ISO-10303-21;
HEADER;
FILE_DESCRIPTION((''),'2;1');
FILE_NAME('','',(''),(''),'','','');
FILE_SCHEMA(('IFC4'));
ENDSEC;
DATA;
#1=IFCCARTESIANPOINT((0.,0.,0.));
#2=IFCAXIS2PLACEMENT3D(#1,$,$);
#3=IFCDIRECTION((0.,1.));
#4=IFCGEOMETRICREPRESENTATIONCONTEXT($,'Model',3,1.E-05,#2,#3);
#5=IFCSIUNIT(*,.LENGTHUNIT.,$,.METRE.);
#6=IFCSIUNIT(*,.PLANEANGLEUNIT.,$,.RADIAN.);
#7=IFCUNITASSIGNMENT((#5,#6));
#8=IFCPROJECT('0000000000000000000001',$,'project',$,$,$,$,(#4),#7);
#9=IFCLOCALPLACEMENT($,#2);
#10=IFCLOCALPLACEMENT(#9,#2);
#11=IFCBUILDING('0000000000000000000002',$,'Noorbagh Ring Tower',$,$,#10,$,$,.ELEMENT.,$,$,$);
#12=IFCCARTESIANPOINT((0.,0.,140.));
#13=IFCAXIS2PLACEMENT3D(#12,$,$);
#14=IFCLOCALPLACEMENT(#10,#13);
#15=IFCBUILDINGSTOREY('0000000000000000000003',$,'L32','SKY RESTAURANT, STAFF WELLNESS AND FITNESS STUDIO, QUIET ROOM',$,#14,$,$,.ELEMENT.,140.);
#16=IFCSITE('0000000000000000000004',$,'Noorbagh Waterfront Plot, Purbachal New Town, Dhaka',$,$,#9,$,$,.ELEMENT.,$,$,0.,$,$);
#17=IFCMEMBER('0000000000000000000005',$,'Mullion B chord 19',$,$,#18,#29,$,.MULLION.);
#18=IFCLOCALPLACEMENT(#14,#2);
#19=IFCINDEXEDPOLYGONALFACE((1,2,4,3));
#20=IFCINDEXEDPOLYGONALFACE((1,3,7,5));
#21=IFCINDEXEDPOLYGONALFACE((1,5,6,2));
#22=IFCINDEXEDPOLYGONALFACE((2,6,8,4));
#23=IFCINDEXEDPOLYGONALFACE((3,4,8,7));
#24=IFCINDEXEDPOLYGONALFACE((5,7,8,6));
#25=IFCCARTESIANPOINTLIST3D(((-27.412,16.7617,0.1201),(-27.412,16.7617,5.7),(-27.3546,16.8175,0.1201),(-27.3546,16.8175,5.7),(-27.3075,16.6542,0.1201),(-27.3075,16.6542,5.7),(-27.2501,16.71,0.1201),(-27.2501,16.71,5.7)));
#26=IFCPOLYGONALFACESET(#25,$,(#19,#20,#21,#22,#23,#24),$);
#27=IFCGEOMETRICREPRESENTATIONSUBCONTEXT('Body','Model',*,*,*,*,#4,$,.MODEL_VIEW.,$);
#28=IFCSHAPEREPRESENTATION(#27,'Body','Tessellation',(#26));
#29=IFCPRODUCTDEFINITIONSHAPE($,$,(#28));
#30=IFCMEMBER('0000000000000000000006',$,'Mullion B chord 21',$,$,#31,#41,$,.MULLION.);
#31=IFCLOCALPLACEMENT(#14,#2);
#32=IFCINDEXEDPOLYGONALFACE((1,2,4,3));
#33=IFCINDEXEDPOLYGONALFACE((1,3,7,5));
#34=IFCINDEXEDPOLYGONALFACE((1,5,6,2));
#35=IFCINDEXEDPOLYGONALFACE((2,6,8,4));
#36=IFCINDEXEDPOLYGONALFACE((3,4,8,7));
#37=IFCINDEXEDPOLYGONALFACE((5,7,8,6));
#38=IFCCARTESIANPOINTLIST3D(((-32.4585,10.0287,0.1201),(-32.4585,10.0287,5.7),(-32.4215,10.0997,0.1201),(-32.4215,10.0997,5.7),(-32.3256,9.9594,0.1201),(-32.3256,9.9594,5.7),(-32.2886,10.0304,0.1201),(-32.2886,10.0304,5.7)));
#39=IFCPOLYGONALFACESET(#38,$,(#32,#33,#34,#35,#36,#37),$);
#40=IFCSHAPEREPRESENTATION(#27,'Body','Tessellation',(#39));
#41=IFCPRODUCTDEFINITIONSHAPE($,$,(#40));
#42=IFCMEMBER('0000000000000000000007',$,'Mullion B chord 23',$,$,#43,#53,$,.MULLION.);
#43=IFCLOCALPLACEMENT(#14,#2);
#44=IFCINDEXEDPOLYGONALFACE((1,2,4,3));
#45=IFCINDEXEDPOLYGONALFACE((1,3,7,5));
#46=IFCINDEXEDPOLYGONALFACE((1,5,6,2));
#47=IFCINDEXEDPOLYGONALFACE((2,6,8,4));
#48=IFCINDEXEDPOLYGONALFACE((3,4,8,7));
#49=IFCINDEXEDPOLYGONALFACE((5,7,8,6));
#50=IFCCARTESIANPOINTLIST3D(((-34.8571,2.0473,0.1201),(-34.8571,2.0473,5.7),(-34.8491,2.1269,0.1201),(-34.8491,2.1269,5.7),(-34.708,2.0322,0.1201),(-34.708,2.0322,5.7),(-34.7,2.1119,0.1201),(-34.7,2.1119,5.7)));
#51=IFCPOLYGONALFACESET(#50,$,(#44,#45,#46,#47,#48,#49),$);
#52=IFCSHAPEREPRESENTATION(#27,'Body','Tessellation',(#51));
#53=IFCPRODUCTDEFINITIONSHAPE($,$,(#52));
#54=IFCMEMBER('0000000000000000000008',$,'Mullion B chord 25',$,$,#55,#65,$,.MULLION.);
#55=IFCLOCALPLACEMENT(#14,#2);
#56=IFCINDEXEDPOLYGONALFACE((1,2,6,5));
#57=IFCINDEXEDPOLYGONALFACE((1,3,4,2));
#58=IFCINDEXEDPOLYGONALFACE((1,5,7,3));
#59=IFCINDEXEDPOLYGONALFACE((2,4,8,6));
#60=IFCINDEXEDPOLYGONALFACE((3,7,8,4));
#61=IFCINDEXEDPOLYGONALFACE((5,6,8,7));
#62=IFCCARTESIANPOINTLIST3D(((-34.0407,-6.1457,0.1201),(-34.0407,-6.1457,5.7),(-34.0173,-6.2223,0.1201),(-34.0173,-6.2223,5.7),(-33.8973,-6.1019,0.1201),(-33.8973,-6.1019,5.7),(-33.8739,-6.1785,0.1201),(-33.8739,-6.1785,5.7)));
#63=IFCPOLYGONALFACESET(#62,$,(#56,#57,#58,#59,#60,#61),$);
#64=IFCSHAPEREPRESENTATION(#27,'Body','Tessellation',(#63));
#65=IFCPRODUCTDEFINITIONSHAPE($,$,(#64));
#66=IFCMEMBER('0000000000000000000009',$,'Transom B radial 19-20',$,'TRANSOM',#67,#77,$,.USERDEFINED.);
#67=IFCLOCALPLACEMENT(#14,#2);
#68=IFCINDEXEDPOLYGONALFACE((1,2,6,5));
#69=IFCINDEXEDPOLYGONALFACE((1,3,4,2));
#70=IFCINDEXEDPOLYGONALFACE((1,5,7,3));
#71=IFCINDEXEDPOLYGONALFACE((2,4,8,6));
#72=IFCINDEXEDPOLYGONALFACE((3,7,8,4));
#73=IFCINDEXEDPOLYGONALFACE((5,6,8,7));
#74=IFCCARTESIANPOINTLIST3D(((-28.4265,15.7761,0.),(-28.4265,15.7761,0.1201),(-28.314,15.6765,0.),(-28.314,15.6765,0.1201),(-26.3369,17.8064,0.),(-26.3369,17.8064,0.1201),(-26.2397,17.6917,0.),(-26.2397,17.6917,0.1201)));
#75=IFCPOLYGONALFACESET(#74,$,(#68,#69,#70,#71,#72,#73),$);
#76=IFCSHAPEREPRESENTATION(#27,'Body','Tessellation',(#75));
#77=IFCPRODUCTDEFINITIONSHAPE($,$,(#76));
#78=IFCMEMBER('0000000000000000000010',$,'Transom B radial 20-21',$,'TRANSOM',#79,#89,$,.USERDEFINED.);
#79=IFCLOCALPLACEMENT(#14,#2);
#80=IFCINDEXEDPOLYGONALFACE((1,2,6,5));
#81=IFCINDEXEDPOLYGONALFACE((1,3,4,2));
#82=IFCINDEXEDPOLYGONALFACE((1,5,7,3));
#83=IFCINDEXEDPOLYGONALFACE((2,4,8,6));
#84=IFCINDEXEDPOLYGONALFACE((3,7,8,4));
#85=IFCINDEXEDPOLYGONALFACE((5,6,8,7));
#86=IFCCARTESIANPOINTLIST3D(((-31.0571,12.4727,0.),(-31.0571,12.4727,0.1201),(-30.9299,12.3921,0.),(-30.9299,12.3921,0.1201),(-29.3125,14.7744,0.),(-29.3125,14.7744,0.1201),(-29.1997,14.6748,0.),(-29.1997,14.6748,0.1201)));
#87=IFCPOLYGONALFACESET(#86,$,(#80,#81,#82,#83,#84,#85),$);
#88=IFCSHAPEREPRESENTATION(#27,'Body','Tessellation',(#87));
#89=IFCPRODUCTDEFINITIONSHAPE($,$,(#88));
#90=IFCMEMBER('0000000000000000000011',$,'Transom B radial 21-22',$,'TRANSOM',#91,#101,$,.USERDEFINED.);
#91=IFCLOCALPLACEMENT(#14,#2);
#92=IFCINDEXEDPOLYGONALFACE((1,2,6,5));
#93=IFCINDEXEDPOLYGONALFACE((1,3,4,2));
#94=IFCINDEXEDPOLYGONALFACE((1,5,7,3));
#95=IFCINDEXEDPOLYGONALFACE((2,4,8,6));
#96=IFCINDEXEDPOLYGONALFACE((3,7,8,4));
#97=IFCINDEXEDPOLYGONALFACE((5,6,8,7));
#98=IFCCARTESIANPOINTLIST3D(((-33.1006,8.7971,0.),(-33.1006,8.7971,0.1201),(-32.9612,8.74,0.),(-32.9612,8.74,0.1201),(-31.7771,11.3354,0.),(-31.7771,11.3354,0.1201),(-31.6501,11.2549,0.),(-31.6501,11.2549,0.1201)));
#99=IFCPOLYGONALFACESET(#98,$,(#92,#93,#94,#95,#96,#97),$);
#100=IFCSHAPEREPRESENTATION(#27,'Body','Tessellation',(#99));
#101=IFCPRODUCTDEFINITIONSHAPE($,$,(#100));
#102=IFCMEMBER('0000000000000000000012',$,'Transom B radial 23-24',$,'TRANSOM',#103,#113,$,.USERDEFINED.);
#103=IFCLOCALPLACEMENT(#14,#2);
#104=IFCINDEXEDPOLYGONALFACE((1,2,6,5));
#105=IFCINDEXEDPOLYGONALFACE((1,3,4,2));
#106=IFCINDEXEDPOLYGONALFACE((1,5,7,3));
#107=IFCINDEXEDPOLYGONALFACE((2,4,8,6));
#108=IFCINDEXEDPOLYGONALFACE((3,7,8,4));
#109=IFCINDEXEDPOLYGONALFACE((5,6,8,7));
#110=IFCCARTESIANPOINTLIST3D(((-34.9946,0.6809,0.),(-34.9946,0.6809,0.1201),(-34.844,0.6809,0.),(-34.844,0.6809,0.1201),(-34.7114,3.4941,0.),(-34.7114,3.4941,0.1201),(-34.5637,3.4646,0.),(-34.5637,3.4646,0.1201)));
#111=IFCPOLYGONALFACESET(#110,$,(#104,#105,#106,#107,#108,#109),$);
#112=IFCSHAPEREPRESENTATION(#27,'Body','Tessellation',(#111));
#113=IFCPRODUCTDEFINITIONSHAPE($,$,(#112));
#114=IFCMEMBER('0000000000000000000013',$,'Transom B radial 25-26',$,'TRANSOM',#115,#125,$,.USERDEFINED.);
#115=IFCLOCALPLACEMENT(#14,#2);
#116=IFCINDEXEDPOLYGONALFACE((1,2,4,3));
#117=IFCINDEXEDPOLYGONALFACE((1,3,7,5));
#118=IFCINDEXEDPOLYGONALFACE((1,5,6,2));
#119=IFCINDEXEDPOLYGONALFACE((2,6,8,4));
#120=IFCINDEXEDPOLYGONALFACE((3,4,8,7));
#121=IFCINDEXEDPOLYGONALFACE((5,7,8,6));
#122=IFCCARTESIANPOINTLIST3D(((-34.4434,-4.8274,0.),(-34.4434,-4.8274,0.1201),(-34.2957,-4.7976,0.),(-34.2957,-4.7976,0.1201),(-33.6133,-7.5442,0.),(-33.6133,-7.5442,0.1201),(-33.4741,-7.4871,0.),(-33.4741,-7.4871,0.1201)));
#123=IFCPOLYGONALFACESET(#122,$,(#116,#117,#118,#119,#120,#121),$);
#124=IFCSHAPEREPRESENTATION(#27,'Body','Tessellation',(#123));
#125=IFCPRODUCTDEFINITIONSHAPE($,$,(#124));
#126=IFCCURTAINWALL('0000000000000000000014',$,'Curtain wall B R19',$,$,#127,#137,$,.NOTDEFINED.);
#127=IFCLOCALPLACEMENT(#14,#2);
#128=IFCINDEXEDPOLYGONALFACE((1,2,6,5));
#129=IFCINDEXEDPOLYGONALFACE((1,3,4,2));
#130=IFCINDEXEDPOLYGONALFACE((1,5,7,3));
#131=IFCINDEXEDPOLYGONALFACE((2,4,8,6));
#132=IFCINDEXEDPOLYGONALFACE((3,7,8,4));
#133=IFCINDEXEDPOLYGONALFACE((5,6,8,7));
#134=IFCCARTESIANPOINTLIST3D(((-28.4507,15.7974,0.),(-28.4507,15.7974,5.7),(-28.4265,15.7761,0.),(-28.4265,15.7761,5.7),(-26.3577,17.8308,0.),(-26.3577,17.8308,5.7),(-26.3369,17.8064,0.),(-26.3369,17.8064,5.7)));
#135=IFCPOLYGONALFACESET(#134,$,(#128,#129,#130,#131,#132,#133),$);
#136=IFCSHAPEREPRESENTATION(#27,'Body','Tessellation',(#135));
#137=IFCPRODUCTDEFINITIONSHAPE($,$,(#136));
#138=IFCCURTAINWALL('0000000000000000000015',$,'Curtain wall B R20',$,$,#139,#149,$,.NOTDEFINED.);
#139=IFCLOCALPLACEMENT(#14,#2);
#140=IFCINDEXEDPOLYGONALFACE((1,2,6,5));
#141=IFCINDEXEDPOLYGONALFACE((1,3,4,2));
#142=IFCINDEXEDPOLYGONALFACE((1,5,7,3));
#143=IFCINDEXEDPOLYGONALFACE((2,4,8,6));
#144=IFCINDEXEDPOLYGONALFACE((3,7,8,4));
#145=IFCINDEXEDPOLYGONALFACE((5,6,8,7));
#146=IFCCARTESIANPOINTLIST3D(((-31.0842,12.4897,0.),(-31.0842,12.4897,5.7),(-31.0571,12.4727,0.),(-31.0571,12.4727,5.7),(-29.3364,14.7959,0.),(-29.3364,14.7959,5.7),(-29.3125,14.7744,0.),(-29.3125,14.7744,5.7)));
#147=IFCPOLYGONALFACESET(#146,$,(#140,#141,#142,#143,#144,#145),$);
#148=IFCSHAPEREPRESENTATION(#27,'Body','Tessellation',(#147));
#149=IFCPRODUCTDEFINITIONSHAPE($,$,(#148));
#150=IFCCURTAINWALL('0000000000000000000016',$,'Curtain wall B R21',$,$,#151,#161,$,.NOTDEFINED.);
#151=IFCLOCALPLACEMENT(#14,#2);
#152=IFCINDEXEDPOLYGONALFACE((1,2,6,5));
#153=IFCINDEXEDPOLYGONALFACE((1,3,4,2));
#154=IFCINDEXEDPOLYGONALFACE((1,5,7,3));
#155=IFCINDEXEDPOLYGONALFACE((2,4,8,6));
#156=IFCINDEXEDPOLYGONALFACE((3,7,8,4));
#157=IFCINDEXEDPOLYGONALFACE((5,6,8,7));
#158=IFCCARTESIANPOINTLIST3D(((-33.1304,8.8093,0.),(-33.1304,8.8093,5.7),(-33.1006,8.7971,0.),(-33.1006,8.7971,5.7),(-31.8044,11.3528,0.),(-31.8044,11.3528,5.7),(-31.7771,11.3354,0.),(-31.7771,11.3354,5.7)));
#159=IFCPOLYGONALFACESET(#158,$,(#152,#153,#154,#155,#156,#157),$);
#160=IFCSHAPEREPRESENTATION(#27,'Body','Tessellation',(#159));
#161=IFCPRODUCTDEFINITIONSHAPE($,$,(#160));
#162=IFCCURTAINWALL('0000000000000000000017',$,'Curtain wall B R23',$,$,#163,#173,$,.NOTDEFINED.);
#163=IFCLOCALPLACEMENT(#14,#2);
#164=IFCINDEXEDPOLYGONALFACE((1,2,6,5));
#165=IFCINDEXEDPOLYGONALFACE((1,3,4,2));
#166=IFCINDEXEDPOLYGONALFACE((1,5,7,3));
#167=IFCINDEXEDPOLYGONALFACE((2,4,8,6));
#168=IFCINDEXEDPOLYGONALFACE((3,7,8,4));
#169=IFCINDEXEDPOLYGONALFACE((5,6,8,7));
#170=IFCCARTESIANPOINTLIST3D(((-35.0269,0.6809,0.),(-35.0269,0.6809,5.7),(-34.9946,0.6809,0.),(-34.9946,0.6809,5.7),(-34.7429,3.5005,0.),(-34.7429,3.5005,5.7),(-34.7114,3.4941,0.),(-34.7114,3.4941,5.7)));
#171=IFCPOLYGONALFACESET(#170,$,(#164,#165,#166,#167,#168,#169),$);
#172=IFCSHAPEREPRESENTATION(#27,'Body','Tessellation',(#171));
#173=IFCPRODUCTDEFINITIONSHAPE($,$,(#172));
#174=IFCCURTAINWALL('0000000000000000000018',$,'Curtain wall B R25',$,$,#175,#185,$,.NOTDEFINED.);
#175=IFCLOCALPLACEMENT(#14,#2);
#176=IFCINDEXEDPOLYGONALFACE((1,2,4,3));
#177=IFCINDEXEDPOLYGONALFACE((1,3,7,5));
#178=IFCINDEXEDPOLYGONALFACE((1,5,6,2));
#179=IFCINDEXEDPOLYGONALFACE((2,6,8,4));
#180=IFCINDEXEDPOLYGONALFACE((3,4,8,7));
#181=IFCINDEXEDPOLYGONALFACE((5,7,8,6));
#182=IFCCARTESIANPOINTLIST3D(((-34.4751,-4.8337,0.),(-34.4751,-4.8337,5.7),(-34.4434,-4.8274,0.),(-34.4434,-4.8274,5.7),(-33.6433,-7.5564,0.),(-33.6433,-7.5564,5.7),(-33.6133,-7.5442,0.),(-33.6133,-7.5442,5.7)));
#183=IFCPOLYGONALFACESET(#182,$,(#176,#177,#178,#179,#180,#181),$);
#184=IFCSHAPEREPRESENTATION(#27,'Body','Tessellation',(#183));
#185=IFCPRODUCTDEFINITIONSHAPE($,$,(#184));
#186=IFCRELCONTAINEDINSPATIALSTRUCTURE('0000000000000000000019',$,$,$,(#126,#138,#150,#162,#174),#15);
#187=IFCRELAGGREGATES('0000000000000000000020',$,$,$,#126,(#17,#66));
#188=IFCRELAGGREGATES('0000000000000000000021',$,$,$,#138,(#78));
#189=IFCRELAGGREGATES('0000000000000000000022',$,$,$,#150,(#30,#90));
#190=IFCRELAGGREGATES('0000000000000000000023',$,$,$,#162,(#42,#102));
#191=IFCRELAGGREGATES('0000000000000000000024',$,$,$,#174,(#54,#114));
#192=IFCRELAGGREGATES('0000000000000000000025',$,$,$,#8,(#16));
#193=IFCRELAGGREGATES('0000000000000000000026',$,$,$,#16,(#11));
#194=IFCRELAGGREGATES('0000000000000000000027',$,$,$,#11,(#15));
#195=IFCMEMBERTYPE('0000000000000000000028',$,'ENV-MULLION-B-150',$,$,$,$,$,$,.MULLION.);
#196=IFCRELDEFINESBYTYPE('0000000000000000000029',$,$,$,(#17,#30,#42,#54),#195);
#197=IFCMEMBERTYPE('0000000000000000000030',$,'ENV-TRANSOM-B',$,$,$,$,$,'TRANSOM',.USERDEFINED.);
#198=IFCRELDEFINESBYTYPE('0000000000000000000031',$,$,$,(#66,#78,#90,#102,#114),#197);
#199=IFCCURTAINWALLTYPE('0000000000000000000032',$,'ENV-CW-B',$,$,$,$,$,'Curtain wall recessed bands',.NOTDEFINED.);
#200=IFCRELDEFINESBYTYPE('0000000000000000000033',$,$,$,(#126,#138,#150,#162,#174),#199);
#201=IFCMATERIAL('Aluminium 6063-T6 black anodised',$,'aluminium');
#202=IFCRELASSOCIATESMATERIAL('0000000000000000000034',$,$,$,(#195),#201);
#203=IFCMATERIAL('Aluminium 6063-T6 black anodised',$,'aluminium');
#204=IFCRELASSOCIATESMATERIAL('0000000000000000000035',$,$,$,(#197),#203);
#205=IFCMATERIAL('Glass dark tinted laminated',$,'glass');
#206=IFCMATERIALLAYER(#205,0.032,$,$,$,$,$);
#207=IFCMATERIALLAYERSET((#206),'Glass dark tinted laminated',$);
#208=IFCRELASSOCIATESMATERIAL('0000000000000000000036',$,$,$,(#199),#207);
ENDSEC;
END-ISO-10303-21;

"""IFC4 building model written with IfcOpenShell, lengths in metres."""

from ifc_helpers import new_model, si_unit, direction, frame, origin, origin_2d, place, context, subcontext, project, spatial, polyline, rectangle, outline, extrude, material, layer, layer_set, material_profile, profile_set, type_object, element, aggregate, save


model = new_model("IFC4")

# Units and contexts
model_context = context("Model", 3, precision=1e-05, world=origin(), true_north=direction((0.0, 1.0)))
body_context = subcontext(model_context, "Body", "Model", "MODEL_VIEW")
ifc_project = project(units=[si_unit("LENGTHUNIT", "METRE"), si_unit("PLANEANGLEUNIT", "RADIAN")], contexts=[model_context])

# Members
ifc_material_1 = material(Name="Aluminium 6063-T6 black anodised", Category="aluminium")
ifc_material_profile = material_profile(ifc_material_1, rectangle(XDim=0.1499, YDim=0.0801, at=origin_2d()), Name="150x80")
ifc_profile_set = profile_set([ifc_material_profile], Name="Aluminium 6063-T6 black anodised")
member_type_1 = type_object("IfcMemberType", Name="ENV-MULLION-B-150", PredefinedType="MULLION", material=ifc_profile_set)
site_placement = place(None, origin())
building_placement = place(site_placement, origin())
storey_placement = place(building_placement, frame((0.0, 0.0, 140.0)))
member_1_placement = place(storey_placement, frame((-27.3311, 16.7358, 0.1201), z_axis=(0.0, 0.0, 1.0), x_axis=(0.696842, -0.717225, 0.0)))
member_1 = element("IfcMember", 1, at=member_1_placement, type_object=member_type_1, Name="Mullion B chord 19", PredefinedType="MULLION", context=body_context, shape_type="SweptSolid", body=[
    extrude(rectangle(XDim=0.1499, YDim=0.0801, at=origin_2d()), origin(), (0.0, 0.0, 1.0), 5.5798),
])
member_2_placement = place(storey_placement, frame((-32.3735, 10.0295, 0.1201), z_axis=(0.0, 0.0, 1.0), x_axis=(0.886735, -0.462278, 0.0)))
member_2 = element("IfcMember", 2, at=member_2_placement, type_object=member_type_1, Name="Mullion B chord 21", PredefinedType="MULLION", context=body_context, shape_type="SweptSolid", body=[
    extrude(rectangle(XDim=0.1499, YDim=0.0801, at=origin_2d()), origin(), (0.0, 0.0, 1.0), 5.5798),
])
member_3_placement = place(storey_placement, frame((-34.7786, 2.0796, 0.1201), z_axis=(0.0, 0.0, 1.0), x_axis=(0.99497, -0.100178, 0.0)))
member_3 = element("IfcMember", 3, at=member_3_placement, type_object=member_type_1, Name="Mullion B chord 23", PredefinedType="MULLION", context=body_context, shape_type="SweptSolid", body=[
    extrude(rectangle(XDim=0.1499, YDim=0.0801, at=origin_2d()), origin(), (0.0, 0.0, 1.0), 5.5798),
])
member_4_placement = place(storey_placement, frame((-33.9573, -6.1621, 0.1201), z_axis=(0.0, 0.0, 1.0), x_axis=(0.956366, 0.29217, 0.0)))
member_4 = element("IfcMember", 4, at=member_4_placement, type_object=member_type_1, Name="Mullion B chord 25", PredefinedType="MULLION", context=body_context, shape_type="SweptSolid", body=[
    extrude(rectangle(XDim=0.1499, YDim=0.0801, at=origin_2d()), origin(), (0.0, 0.0, 1.0), 5.5798),
])
ifc_material_2 = material(Name="Aluminium 6063-T6 black anodised", Category="aluminium")
member_type_2 = type_object("IfcMemberType", Name="ENV-TRANSOM-B", ElementType="TRANSOM", PredefinedType="USERDEFINED", material=ifc_material_2)
member_5_placement = place(storey_placement, origin())
member_5 = element("IfcMember", 5, at=member_5_placement, type_object=member_type_2, Name="Transom B radial 19-20", ObjectType="TRANSOM", PredefinedType="USERDEFINED", context=body_context, shape_type="SweptSolid", body=[
    extrude(outline(polyline([(-26.3369, 17.8064), (-28.4265, 15.7761), (-28.314, 15.6765), (-26.2397, 17.6917), (-26.3369, 17.8064)])), origin(), (0.0, 0.0, 1.0), 0.1201),
])
member_6_placement = place(storey_placement, origin())
member_6 = element("IfcMember", 6, at=member_6_placement, type_object=member_type_2, Name="Transom B radial 20-21", ObjectType="TRANSOM", PredefinedType="USERDEFINED", context=body_context, shape_type="SweptSolid", body=[
    extrude(outline(polyline([(-29.3125, 14.7744), (-31.0571, 12.4727), (-30.9299, 12.3921), (-29.1997, 14.6748), (-29.3125, 14.7744)])), origin(), (0.0, 0.0, 1.0), 0.1201),
])
member_7_placement = place(storey_placement, origin())
member_7 = element("IfcMember", 7, at=member_7_placement, type_object=member_type_2, Name="Transom B radial 21-22", ObjectType="TRANSOM", PredefinedType="USERDEFINED", context=body_context, shape_type="SweptSolid", body=[
    extrude(outline(polyline([(-31.7771, 11.3354), (-33.1006, 8.7971), (-32.9612, 8.74), (-31.6501, 11.2549), (-31.7771, 11.3354)])), origin(), (0.0, 0.0, 1.0), 0.1201),
])
member_8_placement = place(storey_placement, origin())
member_8 = element("IfcMember", 8, at=member_8_placement, type_object=member_type_2, Name="Transom B radial 23-24", ObjectType="TRANSOM", PredefinedType="USERDEFINED", context=body_context, shape_type="SweptSolid", body=[
    extrude(outline(polyline([(-34.7114, 3.4941), (-34.9946, 0.6809), (-34.844, 0.6809), (-34.5637, 3.4646), (-34.7114, 3.4941)])), origin(), (0.0, 0.0, 1.0), 0.1201),
])
member_9_placement = place(storey_placement, origin())
member_9 = element("IfcMember", 9, at=member_9_placement, type_object=member_type_2, Name="Transom B radial 25-26", ObjectType="TRANSOM", PredefinedType="USERDEFINED", context=body_context, shape_type="SweptSolid", body=[
    extrude(outline(polyline([(-34.4434, -4.8274), (-33.6133, -7.5442), (-33.4741, -7.4871), (-34.2957, -4.7976), (-34.4434, -4.8274)])), origin(), (0.0, 0.0, 1.0), 0.1201),
])

# Site, building, storey
site = spatial("IfcSite", under=ifc_project, at=site_placement, Name="Noorbagh Waterfront Plot, Purbachal New Town, Dhaka", CompositionType="ELEMENT", RefElevation=0.0)
building = spatial("IfcBuilding", under=site, at=building_placement, Name="Noorbagh Ring Tower", CompositionType="ELEMENT")
storey = spatial("IfcBuildingStorey", under=building, at=storey_placement, Name="L32", Description="SKY RESTAURANT, STAFF WELLNESS AND FITNESS STUDIO, QUIET ROOM", CompositionType="ELEMENT", Elevation=140.0)

# Curtain walls
ifc_material_3 = material(Name="Glass dark tinted laminated", Category="glass")
ifc_layer = layer(ifc_material_3, 0.032)
ifc_layer_set = layer_set([ifc_layer], Name="Glass dark tinted laminated")
curtain_wall_type = type_object("IfcCurtainWallType", Name="ENV-CW-B", ElementType="Curtain wall recessed bands", PredefinedType="NOTDEFINED", material=ifc_layer_set)
curtain_wall_1_placement = place(storey_placement, origin())
curtain_wall_1 = element("IfcCurtainWall", 10, at=curtain_wall_1_placement, inside=storey, type_object=curtain_wall_type, Name="Curtain wall B R19", PredefinedType="NOTDEFINED", context=body_context, shape_type="SweptSolid", body=[
    extrude(outline(polyline([(-26.3577, 17.8308), (-28.4507, 15.7974), (-28.4265, 15.7761), (-26.3369, 17.8064), (-26.3577, 17.8308)])), origin(), (0.0, 0.0, 1.0), 5.7),
])
aggregate(curtain_wall_1, [member_1, member_5])
curtain_wall_2_placement = place(storey_placement, origin())
curtain_wall_2 = element("IfcCurtainWall", 11, at=curtain_wall_2_placement, inside=storey, type_object=curtain_wall_type, Name="Curtain wall B R20", PredefinedType="NOTDEFINED", context=body_context, shape_type="SweptSolid", body=[
    extrude(outline(polyline([(-29.3364, 14.7959), (-31.0842, 12.4897), (-31.0571, 12.4727), (-29.3125, 14.7744), (-29.3364, 14.7959)])), origin(), (0.0, 0.0, 1.0), 5.7),
])
aggregate(curtain_wall_2, [member_6])
curtain_wall_3_placement = place(storey_placement, origin())
curtain_wall_3 = element("IfcCurtainWall", 12, at=curtain_wall_3_placement, inside=storey, type_object=curtain_wall_type, Name="Curtain wall B R21", PredefinedType="NOTDEFINED", context=body_context, shape_type="SweptSolid", body=[
    extrude(outline(polyline([(-31.8044, 11.3528), (-33.1304, 8.8093), (-33.1006, 8.7971), (-31.7771, 11.3354), (-31.8044, 11.3528)])), origin(), (0.0, 0.0, 1.0), 5.7),
])
aggregate(curtain_wall_3, [member_2, member_7])
curtain_wall_4_placement = place(storey_placement, origin())
curtain_wall_4 = element("IfcCurtainWall", 13, at=curtain_wall_4_placement, inside=storey, type_object=curtain_wall_type, Name="Curtain wall B R23", PredefinedType="NOTDEFINED", context=body_context, shape_type="SweptSolid", body=[
    extrude(outline(polyline([(-34.7429, 3.5005), (-35.0269, 0.6809), (-34.9946, 0.6809), (-34.7114, 3.4941), (-34.7429, 3.5005)])), origin(), (0.0, 0.0, 1.0), 5.7),
])
aggregate(curtain_wall_4, [member_3, member_8])
curtain_wall_5_placement = place(storey_placement, origin())
curtain_wall_5 = element("IfcCurtainWall", 14, at=curtain_wall_5_placement, inside=storey, type_object=curtain_wall_type, Name="Curtain wall B R25", PredefinedType="NOTDEFINED", context=body_context, shape_type="SweptSolid", body=[
    extrude(outline(polyline([(-34.4751, -4.8337), (-33.6433, -7.5564), (-33.6133, -7.5442), (-34.4434, -4.8274), (-34.4751, -4.8337)])), origin(), (0.0, 0.0, 1.0), 5.7),
])
aggregate(curtain_wall_5, [member_4, member_9])

save(model, "model.ifc")
